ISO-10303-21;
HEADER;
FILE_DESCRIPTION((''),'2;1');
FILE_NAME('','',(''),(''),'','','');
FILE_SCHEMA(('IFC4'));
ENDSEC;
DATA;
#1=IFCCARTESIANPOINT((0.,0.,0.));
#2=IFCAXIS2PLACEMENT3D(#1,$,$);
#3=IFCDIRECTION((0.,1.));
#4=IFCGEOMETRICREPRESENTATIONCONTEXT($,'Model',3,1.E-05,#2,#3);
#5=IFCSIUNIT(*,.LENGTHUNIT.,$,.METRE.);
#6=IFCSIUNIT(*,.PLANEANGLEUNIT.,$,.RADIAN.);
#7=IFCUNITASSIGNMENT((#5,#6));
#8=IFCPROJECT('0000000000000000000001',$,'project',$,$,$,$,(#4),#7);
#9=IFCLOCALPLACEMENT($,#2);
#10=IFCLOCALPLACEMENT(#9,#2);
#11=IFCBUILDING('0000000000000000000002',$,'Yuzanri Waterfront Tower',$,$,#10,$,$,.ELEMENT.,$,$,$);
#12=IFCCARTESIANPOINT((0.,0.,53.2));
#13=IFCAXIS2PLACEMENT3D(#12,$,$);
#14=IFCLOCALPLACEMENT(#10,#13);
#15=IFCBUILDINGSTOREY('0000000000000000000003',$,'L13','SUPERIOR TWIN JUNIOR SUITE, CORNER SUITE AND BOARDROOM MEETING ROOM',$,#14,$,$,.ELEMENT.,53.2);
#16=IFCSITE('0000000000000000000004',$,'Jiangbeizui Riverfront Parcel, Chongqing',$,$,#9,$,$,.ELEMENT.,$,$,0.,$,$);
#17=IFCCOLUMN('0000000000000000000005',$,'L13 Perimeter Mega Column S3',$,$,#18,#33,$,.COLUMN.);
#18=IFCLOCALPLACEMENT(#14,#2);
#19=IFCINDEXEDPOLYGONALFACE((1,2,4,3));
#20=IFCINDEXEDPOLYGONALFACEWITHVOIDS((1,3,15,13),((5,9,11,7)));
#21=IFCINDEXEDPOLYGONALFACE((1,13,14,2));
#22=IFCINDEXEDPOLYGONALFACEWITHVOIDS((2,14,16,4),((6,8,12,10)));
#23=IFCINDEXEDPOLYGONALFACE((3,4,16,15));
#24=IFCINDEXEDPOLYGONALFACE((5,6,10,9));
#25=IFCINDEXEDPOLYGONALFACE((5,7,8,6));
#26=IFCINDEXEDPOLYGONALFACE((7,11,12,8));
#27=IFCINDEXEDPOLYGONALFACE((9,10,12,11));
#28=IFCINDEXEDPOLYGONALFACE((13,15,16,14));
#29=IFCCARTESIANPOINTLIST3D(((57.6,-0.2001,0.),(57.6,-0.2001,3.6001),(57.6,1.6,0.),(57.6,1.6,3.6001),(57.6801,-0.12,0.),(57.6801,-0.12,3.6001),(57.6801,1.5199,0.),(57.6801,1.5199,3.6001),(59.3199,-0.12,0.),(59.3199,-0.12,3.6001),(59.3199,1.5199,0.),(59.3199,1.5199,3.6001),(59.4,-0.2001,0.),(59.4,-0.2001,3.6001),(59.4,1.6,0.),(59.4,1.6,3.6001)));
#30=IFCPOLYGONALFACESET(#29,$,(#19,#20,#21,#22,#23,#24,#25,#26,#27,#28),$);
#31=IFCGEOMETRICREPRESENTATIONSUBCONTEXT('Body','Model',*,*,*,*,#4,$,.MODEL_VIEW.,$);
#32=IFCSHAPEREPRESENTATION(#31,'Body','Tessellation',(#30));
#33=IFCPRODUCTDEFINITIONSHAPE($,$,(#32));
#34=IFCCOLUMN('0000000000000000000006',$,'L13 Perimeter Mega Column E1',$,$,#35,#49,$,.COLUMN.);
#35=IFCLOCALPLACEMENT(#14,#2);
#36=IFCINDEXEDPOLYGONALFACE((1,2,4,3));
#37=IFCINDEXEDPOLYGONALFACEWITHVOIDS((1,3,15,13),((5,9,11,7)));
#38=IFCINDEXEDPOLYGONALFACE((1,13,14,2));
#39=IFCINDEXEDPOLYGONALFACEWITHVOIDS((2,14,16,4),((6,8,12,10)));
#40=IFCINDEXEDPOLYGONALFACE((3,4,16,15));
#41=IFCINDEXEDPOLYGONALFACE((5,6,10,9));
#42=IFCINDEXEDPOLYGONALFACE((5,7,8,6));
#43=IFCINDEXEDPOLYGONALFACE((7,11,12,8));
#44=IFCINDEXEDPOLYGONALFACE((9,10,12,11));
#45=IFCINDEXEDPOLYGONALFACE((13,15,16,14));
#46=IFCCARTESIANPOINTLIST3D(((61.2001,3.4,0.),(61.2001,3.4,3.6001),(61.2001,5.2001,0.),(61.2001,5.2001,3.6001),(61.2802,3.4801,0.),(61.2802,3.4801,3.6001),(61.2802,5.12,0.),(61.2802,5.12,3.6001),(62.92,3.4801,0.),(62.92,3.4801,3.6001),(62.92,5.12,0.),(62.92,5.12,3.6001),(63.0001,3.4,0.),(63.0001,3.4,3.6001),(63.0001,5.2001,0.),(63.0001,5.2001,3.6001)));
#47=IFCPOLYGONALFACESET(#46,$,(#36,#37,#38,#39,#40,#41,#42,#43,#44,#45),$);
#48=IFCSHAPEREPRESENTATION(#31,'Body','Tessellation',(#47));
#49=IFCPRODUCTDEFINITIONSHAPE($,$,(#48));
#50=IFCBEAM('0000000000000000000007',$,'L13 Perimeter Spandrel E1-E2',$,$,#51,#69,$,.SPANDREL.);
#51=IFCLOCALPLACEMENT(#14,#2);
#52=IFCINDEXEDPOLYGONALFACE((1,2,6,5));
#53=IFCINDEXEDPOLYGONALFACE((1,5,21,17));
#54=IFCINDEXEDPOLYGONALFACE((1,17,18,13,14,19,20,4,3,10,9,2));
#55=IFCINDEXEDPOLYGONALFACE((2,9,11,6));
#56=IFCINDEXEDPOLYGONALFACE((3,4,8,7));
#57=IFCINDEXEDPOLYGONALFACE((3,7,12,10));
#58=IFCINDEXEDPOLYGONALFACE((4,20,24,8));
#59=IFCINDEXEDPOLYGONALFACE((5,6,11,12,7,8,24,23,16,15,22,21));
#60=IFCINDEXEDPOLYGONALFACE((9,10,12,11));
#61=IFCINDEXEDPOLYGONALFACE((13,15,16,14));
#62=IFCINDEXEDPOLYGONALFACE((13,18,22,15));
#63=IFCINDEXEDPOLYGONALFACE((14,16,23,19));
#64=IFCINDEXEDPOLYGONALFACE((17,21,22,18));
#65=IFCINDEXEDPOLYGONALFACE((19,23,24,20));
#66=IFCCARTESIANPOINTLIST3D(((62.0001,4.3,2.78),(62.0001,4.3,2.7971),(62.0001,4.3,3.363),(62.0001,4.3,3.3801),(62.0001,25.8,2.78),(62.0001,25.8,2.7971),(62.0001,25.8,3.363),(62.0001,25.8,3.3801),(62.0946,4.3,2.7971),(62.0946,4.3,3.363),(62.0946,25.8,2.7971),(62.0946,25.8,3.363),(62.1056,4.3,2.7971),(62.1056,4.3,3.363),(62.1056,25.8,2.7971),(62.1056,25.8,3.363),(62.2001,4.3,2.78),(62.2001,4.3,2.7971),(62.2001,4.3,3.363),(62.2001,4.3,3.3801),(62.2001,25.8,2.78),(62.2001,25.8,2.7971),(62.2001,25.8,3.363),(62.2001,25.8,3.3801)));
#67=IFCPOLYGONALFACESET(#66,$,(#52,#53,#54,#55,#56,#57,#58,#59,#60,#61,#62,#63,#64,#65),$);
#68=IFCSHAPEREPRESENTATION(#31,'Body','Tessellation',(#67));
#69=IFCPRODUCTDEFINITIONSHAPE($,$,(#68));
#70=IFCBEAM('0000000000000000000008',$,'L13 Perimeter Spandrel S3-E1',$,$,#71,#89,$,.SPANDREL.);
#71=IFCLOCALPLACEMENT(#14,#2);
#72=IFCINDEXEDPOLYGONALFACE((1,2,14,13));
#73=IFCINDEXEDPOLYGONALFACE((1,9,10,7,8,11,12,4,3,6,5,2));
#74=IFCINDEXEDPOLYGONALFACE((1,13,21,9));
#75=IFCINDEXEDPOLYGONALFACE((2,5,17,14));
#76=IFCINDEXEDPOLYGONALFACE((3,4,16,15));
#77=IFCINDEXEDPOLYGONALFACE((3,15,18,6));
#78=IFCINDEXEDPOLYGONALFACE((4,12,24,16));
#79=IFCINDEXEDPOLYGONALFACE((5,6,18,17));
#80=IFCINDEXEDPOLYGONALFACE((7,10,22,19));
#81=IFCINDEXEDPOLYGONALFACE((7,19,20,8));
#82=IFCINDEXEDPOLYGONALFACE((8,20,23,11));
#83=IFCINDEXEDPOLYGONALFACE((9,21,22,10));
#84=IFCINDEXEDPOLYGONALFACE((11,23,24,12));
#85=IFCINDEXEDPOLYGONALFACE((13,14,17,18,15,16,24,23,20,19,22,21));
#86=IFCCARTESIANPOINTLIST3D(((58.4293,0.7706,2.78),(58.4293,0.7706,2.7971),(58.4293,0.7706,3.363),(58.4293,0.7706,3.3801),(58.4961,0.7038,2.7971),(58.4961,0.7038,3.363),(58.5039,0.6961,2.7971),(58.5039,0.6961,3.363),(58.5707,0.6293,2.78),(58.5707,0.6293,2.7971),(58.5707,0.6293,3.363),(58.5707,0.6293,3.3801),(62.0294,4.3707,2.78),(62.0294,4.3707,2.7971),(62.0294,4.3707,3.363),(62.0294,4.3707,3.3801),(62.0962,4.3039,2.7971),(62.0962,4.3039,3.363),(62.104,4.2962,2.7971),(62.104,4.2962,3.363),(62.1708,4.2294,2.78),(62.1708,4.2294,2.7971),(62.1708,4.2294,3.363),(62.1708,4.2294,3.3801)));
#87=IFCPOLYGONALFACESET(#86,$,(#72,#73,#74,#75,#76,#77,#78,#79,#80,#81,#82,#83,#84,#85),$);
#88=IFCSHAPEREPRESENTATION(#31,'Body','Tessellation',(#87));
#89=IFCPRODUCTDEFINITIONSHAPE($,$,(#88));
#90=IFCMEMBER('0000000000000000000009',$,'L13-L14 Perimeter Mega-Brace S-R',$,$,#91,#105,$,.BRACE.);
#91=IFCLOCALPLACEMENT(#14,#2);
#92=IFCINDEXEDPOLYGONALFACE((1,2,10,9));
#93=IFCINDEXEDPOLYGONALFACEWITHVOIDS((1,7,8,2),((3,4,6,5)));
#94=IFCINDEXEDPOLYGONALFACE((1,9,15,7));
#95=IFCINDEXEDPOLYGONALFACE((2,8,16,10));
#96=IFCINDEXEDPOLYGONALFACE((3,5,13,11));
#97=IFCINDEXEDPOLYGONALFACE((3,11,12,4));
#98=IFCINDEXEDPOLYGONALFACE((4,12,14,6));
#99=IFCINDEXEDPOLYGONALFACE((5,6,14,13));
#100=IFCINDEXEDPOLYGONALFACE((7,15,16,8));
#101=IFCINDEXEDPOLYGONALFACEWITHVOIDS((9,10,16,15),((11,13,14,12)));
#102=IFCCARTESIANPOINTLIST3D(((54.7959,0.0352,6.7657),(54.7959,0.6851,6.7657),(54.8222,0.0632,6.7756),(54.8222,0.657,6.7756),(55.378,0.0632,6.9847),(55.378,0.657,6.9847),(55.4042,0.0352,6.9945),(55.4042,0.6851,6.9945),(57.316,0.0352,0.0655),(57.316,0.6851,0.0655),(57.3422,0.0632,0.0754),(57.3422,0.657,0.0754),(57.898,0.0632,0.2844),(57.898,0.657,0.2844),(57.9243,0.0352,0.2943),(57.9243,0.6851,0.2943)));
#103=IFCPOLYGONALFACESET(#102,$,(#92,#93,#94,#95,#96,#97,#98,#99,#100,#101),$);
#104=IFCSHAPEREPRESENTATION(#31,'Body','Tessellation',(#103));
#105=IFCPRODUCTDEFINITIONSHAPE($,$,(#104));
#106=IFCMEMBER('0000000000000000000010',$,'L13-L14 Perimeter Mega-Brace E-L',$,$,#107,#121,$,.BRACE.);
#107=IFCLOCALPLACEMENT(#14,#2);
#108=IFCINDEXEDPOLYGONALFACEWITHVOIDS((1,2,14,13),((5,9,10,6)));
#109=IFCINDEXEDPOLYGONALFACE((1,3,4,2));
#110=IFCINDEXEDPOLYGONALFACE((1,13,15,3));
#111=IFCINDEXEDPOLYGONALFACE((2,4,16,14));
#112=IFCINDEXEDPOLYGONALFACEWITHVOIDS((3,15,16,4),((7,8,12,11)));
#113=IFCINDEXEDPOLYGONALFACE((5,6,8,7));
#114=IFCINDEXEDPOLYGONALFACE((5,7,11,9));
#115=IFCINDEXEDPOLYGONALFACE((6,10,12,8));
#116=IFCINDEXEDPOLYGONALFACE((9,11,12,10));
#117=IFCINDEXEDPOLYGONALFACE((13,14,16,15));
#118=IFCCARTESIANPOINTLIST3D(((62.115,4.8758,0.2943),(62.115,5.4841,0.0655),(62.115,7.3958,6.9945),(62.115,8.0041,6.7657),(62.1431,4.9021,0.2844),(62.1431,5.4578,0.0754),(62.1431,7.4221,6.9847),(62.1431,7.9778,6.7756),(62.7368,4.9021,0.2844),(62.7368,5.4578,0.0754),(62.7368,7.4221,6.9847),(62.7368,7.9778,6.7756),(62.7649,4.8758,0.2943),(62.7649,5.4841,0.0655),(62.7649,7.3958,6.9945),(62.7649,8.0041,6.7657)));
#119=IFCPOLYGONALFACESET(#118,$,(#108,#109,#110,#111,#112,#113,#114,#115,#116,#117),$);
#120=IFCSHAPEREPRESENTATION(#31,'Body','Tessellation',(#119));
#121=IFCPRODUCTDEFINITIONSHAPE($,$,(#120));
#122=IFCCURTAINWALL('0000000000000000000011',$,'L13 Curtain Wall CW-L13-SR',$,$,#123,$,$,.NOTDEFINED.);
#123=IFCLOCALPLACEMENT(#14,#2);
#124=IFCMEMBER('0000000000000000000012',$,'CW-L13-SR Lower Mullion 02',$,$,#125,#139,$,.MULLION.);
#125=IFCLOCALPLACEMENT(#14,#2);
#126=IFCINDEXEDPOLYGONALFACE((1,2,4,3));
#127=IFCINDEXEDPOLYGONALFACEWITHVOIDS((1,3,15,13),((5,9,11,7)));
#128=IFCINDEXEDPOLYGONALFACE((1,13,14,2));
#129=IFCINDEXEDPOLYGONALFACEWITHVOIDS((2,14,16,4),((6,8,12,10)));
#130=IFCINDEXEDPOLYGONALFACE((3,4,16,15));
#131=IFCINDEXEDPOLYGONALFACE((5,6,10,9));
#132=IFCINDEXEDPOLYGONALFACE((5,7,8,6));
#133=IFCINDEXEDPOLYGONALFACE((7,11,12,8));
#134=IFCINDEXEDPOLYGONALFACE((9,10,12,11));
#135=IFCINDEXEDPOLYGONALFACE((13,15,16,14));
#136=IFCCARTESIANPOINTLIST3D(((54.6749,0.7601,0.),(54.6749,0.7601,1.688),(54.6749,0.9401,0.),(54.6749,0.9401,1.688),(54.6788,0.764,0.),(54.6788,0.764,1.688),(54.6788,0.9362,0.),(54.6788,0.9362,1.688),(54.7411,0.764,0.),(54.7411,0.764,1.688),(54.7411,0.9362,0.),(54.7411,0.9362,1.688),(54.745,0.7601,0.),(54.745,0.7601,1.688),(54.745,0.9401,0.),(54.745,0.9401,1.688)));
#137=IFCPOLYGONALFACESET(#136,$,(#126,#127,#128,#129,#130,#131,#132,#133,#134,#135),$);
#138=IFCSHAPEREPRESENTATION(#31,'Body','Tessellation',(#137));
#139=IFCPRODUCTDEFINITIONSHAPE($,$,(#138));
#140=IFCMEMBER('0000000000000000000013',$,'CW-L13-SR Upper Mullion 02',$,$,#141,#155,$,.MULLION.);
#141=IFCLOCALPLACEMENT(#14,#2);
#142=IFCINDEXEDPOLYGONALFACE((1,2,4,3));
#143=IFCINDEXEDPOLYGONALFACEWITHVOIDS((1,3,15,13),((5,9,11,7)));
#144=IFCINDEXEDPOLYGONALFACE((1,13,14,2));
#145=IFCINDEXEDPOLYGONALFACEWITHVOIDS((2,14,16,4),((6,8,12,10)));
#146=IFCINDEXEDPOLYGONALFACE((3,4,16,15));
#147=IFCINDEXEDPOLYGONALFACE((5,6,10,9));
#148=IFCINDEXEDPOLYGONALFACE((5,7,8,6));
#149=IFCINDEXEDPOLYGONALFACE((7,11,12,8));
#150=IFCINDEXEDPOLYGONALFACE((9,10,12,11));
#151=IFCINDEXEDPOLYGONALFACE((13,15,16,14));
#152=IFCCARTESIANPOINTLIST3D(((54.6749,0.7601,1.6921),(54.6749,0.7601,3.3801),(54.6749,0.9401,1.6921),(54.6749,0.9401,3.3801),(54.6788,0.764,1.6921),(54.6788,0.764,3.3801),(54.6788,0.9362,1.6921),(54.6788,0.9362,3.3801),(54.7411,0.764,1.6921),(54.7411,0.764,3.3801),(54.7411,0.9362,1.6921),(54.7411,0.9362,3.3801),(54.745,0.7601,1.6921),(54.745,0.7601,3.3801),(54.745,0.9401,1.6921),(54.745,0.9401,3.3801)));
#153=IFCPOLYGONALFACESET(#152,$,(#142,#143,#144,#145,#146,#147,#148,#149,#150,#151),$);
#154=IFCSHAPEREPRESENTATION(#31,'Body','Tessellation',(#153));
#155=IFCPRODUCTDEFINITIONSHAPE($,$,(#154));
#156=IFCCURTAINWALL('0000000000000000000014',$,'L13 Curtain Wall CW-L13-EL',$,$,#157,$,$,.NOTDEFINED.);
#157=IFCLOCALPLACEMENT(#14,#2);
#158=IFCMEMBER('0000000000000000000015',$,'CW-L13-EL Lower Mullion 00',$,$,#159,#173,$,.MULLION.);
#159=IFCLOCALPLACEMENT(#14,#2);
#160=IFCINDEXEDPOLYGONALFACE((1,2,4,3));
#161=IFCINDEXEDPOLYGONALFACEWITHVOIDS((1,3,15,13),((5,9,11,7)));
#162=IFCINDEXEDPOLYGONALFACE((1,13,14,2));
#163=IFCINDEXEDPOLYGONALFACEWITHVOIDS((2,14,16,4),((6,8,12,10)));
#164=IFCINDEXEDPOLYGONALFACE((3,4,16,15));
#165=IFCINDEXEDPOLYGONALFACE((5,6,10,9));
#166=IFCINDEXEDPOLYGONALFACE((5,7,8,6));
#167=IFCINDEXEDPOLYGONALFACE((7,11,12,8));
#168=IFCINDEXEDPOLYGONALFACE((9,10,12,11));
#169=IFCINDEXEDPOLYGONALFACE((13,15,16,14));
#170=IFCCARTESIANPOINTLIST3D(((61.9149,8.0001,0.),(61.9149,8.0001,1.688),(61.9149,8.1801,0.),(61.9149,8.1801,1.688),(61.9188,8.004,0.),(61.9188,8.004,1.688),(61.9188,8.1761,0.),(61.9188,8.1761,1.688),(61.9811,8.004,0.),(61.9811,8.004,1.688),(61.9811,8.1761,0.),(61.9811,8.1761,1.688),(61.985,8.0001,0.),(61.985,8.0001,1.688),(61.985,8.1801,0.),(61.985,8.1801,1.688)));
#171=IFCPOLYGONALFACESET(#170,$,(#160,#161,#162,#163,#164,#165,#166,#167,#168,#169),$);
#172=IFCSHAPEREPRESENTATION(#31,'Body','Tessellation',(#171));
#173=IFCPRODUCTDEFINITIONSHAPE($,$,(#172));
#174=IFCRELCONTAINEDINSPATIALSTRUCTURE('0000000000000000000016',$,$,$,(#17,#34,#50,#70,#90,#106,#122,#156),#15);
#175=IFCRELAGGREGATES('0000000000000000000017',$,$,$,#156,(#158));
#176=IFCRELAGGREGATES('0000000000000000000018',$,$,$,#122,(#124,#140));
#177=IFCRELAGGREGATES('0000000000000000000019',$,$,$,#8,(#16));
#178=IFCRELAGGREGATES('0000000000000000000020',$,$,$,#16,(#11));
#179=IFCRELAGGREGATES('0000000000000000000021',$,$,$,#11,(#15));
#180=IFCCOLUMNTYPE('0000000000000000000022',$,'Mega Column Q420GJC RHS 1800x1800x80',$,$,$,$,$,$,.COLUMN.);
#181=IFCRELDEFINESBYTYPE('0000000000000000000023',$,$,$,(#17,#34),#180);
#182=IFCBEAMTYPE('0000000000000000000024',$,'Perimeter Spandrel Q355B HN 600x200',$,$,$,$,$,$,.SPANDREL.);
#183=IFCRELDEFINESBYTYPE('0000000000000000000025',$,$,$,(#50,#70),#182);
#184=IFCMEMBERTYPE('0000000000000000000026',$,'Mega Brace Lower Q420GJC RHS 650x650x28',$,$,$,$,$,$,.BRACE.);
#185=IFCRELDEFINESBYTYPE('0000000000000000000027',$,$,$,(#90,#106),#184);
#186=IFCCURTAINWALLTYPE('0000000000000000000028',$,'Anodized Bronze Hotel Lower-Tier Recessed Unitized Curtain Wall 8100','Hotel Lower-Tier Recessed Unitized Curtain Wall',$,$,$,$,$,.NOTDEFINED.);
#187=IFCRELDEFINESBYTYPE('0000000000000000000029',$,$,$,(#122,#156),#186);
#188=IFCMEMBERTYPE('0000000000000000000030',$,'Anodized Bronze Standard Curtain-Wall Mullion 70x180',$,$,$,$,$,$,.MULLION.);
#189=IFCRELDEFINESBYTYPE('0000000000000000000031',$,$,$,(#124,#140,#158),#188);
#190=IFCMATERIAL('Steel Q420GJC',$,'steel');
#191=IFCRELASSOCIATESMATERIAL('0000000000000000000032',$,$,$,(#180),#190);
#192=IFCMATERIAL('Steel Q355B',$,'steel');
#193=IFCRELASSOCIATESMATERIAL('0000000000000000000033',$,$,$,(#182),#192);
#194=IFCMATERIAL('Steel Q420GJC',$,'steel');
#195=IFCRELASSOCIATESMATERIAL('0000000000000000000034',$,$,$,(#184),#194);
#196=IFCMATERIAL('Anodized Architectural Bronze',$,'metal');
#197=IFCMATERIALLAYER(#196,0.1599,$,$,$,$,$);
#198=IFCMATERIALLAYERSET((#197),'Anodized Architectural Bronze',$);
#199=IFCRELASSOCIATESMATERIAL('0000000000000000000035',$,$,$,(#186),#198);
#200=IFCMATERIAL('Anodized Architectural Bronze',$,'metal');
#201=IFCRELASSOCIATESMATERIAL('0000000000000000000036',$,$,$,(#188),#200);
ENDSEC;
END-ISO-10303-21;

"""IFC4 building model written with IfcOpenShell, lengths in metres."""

from ifc_helpers import new_model, si_unit, direction, frame, origin, origin_2d, place, context, subcontext, project, spatial, hollow_rectangle, i_section, extrude, source, transform, mapped, material, layer, layer_set, material_profile, profile_set, type_object, element, aggregate, save


model = new_model("IFC4")

# Units and contexts
model_context = context("Model", 3, precision=1e-05, world=origin(), true_north=direction((0.0, 1.0)))
body_context = subcontext(model_context, "Body", "Model", "MODEL_VIEW")
ifc_project = project(units=[si_unit("LENGTHUNIT", "METRE"), si_unit("PLANEANGLEUNIT", "RADIAN")], contexts=[model_context])

# Site, building, storey
site_placement = place(None, origin())
site = spatial("IfcSite", under=ifc_project, at=site_placement, Name="Jiangbeizui Riverfront Parcel, Chongqing", CompositionType="ELEMENT", RefElevation=0.0)
building_placement = place(site_placement, origin())
building = spatial("IfcBuilding", under=site, at=building_placement, Name="Yuzanri Waterfront Tower", CompositionType="ELEMENT")
storey_placement = place(building_placement, frame((0.0, 0.0, 53.2)))
storey = spatial("IfcBuildingStorey", under=building, at=storey_placement, Name="L13", Description="SUPERIOR TWIN JUNIOR SUITE, CORNER SUITE AND BOARDROOM MEETING ROOM", CompositionType="ELEMENT", Elevation=53.2)

# Columns
ifc_material_1 = material(Name="Steel Q420GJC", Category="steel")
ifc_material_profile_1 = material_profile(ifc_material_1, hollow_rectangle(XDim=1.8, YDim=1.8, WallThickness=0.0801, at=origin_2d()), Name="RHS 1800x1800x80")
ifc_profile_set_1 = profile_set([ifc_material_profile_1], Name="Steel Q420GJC")
column_type = type_object("IfcColumnType", Name="Mega Column Q420GJC RHS 1800x1800x80", PredefinedType="COLUMN", material=ifc_profile_set_1)
shared_shape_1 = source(origin(), body_context, "Body", "SweptSolid", [
    extrude(hollow_rectangle(XDim=1.8, YDim=1.8, WallThickness=0.0801, at=origin_2d()), origin(), (0.0, 0.0, 1.0), 3.6001),
])
for number, where, z_axis, x_axis, name in (
    (1, (58.5, 0.7, 0.0), (0.0, 0.0, 1.0), (1.0, 0.0, 0.0), "L13 Perimeter Mega Column S3"),
    (2, (62.1001, 4.3, 0.0), (0.0, 0.0, 1.0), (1.0, 0.0, 0.0), "L13 Perimeter Mega Column E1"),
):
    element("IfcColumn", number, at=place(storey_placement, frame(where, z_axis=z_axis, x_axis=x_axis)), inside=storey, type_object=column_type, Name=name, PredefinedType="COLUMN", context=body_context, shape_type="MappedRepresentation", body=[
        mapped(shared_shape_1, transform((0.0, 0.0, 0.0), scale=1.0)),
    ])

# Beams
ifc_material_2 = material(Name="Steel Q355B", Category="steel")
ifc_material_profile_2 = material_profile(ifc_material_2, i_section(OverallWidth=0.2, OverallDepth=0.6001, WebThickness=0.011, FlangeThickness=0.0171, at=origin_2d()), Name="HN 600x200x11x17")
ifc_profile_set_2 = profile_set([ifc_material_profile_2], Name="Steel Q355B")
beam_type = type_object("IfcBeamType", Name="Perimeter Spandrel Q355B HN 600x200", PredefinedType="SPANDREL", material=ifc_profile_set_2)
shared_shape_2 = source(origin(), body_context, "Body", "SweptSolid", [
    extrude(i_section(OverallWidth=0.2, OverallDepth=0.6001, WebThickness=0.011, FlangeThickness=0.0171, at=origin_2d()), origin(), (0.0, 0.0, 1.0), 21.5),
])
beam_1_placement = place(storey_placement, frame((62.1001, 4.3, 3.0801), z_axis=(0.0, 1.0, 0.0), x_axis=(-1.0, 0.0, 0.0)))
element("IfcBeam", 3, at=beam_1_placement, inside=storey, type_object=beam_type, Name="L13 Perimeter Spandrel E1-E2", PredefinedType="SPANDREL", context=body_context, shape_type="MappedRepresentation", body=[
    mapped(shared_shape_2, transform((0.0, 0.0, 0.0), scale=1.0)),
])
shared_shape_3 = source(origin(), body_context, "Body", "SweptSolid", [
    extrude(i_section(OverallWidth=0.2, OverallDepth=0.6001, WebThickness=0.011, FlangeThickness=0.0171, at=origin_2d()), origin(), (0.0, 0.0, 1.0), 5.0913),
])
beam_2_placement = place(storey_placement, frame((58.5, 0.7, 3.0801), z_axis=(0.707107, 0.707107, 0.0), x_axis=(-0.707107, 0.707107, 0.0)))
element("IfcBeam", 4, at=beam_2_placement, inside=storey, type_object=beam_type, Name="L13 Perimeter Spandrel S3-E1", PredefinedType="SPANDREL", context=body_context, shape_type="MappedRepresentation", body=[
    mapped(shared_shape_3, transform((0.0, 0.0, 0.0), scale=1.0)),
])

# Members
ifc_material_3 = material(Name="Steel Q420GJC", Category="steel")
ifc_material_profile_3 = material_profile(ifc_material_3, hollow_rectangle(XDim=0.6499, YDim=0.6499, WallThickness=0.0281, at=origin_2d()), Name="RHS 650x650x28")
ifc_profile_set_3 = profile_set([ifc_material_profile_3], Name="Steel Q420GJC")
member_type_1 = type_object("IfcMemberType", Name="Mega Brace Lower Q420GJC RHS 650x650x28", PredefinedType="BRACE", material=ifc_profile_set_3)
shared_shape_4 = source(origin(), body_context, "Body", "SweptSolid", [
    extrude(hollow_rectangle(XDim=0.6499, YDim=0.6499, WallThickness=0.0281, at=origin_2d()), origin(), (0.0, 0.0, 1.0), 7.1584),
])
for number, where, z_axis, x_axis, name in (
    (5, (57.6201, 0.3601, 0.1799), (-0.352035, 0.0, 0.935987), (0.0, -1.0, 0.0), "L13-L14 Perimeter Mega-Brace S-R"),
    (6, (62.4399, 5.1799, 0.1799), (0.0, 0.352035, 0.935987), (-1.0, 0.0, 0.0), "L13-L14 Perimeter Mega-Brace E-L"),
):
    element("IfcMember", number, at=place(storey_placement, frame(where, z_axis=z_axis, x_axis=x_axis)), inside=storey, type_object=member_type_1, Name=name, PredefinedType="BRACE", context=body_context, shape_type="MappedRepresentation", body=[
        mapped(shared_shape_4, transform((0.0, 0.0, 0.0), scale=1.0)),
    ])

# Curtain walls, members
ifc_material_4 = material(Name="Anodized Architectural Bronze", Category="metal")
ifc_layer_1 = layer(ifc_material_4, 0.1599)
ifc_layer_set_1 = layer_set([ifc_layer_1], Name="Anodized Architectural Bronze")
curtain_wall_type = type_object("IfcCurtainWallType", Name="Anodized Bronze Hotel Lower-Tier Recessed Unitized Curtain Wall 8100", Description="Hotel Lower-Tier Recessed Unitized Curtain Wall", PredefinedType="NOTDEFINED", material=ifc_layer_set_1)
curtain_wall_1_placement = place(storey_placement, origin())
curtain_wall_1 = element("IfcCurtainWall", 7, at=curtain_wall_1_placement, inside=storey, type_object=curtain_wall_type, Name="L13 Curtain Wall CW-L13-SR", PredefinedType="NOTDEFINED")
ifc_material_5 = material(Name="Anodized Architectural Bronze", Category="metal")
ifc_material_profile_4 = material_profile(ifc_material_5, hollow_rectangle(XDim=0.0701, YDim=0.1799, WallThickness=0.0039, at=origin_2d()), Name="CWM 70x180")
ifc_profile_set_4 = profile_set([ifc_material_profile_4], Name="Anodized Architectural Bronze")
member_type_2 = type_object("IfcMemberType", Name="Anodized Bronze Standard Curtain-Wall Mullion 70x180", PredefinedType="MULLION", material=ifc_profile_set_4)
shared_shape_5 = source(origin(), body_context, "Body", "SweptSolid", [
    extrude(hollow_rectangle(XDim=0.0701, YDim=0.1799, WallThickness=0.0039, at=origin_2d()), origin(), (0.0, 0.0, 1.0), 1.688),
])
member_1_placement = place(storey_placement, frame((54.71, 0.8501, 0.0), z_axis=(0.0, 0.0, 1.0), x_axis=(1.0, 0.0, 0.0)))
member_1 = element("IfcMember", 8, at=member_1_placement, type_object=member_type_2, Name="CW-L13-SR Lower Mullion 02", PredefinedType="MULLION", context=body_context, shape_type="MappedRepresentation", body=[
    mapped(shared_shape_5, transform((0.0, 0.0, 0.0), scale=1.0)),
])
member_2_placement = place(storey_placement, frame((54.71, 0.8501, 1.6921), z_axis=(0.0, 0.0, 1.0), x_axis=(1.0, 0.0, 0.0)))
member_2 = element("IfcMember", 9, at=member_2_placement, type_object=member_type_2, Name="CW-L13-SR Upper Mullion 02", PredefinedType="MULLION", context=body_context, shape_type="MappedRepresentation", body=[
    mapped(shared_shape_5, transform((0.0, 0.0, 0.0), scale=1.0)),
])
curtain_wall_2_placement = place(storey_placement, origin())
curtain_wall_2 = element("IfcCurtainWall", 10, at=curtain_wall_2_placement, inside=storey, type_object=curtain_wall_type, Name="L13 Curtain Wall CW-L13-EL", PredefinedType="NOTDEFINED")
member_3_placement = place(storey_placement, frame((61.95, 8.0901, 0.0), z_axis=(0.0, 0.0, 1.0), x_axis=(1.0, 0.0, 0.0)))
member_3 = element("IfcMember", 11, at=member_3_placement, type_object=member_type_2, Name="CW-L13-EL Lower Mullion 00", PredefinedType="MULLION", context=body_context, shape_type="MappedRepresentation", body=[
    mapped(shared_shape_5, transform((0.0, 0.0, 0.0), scale=1.0)),
])
aggregate(curtain_wall_2, [member_3])

aggregate(curtain_wall_1, [member_1, member_2])

save(model, "model.ifc")
